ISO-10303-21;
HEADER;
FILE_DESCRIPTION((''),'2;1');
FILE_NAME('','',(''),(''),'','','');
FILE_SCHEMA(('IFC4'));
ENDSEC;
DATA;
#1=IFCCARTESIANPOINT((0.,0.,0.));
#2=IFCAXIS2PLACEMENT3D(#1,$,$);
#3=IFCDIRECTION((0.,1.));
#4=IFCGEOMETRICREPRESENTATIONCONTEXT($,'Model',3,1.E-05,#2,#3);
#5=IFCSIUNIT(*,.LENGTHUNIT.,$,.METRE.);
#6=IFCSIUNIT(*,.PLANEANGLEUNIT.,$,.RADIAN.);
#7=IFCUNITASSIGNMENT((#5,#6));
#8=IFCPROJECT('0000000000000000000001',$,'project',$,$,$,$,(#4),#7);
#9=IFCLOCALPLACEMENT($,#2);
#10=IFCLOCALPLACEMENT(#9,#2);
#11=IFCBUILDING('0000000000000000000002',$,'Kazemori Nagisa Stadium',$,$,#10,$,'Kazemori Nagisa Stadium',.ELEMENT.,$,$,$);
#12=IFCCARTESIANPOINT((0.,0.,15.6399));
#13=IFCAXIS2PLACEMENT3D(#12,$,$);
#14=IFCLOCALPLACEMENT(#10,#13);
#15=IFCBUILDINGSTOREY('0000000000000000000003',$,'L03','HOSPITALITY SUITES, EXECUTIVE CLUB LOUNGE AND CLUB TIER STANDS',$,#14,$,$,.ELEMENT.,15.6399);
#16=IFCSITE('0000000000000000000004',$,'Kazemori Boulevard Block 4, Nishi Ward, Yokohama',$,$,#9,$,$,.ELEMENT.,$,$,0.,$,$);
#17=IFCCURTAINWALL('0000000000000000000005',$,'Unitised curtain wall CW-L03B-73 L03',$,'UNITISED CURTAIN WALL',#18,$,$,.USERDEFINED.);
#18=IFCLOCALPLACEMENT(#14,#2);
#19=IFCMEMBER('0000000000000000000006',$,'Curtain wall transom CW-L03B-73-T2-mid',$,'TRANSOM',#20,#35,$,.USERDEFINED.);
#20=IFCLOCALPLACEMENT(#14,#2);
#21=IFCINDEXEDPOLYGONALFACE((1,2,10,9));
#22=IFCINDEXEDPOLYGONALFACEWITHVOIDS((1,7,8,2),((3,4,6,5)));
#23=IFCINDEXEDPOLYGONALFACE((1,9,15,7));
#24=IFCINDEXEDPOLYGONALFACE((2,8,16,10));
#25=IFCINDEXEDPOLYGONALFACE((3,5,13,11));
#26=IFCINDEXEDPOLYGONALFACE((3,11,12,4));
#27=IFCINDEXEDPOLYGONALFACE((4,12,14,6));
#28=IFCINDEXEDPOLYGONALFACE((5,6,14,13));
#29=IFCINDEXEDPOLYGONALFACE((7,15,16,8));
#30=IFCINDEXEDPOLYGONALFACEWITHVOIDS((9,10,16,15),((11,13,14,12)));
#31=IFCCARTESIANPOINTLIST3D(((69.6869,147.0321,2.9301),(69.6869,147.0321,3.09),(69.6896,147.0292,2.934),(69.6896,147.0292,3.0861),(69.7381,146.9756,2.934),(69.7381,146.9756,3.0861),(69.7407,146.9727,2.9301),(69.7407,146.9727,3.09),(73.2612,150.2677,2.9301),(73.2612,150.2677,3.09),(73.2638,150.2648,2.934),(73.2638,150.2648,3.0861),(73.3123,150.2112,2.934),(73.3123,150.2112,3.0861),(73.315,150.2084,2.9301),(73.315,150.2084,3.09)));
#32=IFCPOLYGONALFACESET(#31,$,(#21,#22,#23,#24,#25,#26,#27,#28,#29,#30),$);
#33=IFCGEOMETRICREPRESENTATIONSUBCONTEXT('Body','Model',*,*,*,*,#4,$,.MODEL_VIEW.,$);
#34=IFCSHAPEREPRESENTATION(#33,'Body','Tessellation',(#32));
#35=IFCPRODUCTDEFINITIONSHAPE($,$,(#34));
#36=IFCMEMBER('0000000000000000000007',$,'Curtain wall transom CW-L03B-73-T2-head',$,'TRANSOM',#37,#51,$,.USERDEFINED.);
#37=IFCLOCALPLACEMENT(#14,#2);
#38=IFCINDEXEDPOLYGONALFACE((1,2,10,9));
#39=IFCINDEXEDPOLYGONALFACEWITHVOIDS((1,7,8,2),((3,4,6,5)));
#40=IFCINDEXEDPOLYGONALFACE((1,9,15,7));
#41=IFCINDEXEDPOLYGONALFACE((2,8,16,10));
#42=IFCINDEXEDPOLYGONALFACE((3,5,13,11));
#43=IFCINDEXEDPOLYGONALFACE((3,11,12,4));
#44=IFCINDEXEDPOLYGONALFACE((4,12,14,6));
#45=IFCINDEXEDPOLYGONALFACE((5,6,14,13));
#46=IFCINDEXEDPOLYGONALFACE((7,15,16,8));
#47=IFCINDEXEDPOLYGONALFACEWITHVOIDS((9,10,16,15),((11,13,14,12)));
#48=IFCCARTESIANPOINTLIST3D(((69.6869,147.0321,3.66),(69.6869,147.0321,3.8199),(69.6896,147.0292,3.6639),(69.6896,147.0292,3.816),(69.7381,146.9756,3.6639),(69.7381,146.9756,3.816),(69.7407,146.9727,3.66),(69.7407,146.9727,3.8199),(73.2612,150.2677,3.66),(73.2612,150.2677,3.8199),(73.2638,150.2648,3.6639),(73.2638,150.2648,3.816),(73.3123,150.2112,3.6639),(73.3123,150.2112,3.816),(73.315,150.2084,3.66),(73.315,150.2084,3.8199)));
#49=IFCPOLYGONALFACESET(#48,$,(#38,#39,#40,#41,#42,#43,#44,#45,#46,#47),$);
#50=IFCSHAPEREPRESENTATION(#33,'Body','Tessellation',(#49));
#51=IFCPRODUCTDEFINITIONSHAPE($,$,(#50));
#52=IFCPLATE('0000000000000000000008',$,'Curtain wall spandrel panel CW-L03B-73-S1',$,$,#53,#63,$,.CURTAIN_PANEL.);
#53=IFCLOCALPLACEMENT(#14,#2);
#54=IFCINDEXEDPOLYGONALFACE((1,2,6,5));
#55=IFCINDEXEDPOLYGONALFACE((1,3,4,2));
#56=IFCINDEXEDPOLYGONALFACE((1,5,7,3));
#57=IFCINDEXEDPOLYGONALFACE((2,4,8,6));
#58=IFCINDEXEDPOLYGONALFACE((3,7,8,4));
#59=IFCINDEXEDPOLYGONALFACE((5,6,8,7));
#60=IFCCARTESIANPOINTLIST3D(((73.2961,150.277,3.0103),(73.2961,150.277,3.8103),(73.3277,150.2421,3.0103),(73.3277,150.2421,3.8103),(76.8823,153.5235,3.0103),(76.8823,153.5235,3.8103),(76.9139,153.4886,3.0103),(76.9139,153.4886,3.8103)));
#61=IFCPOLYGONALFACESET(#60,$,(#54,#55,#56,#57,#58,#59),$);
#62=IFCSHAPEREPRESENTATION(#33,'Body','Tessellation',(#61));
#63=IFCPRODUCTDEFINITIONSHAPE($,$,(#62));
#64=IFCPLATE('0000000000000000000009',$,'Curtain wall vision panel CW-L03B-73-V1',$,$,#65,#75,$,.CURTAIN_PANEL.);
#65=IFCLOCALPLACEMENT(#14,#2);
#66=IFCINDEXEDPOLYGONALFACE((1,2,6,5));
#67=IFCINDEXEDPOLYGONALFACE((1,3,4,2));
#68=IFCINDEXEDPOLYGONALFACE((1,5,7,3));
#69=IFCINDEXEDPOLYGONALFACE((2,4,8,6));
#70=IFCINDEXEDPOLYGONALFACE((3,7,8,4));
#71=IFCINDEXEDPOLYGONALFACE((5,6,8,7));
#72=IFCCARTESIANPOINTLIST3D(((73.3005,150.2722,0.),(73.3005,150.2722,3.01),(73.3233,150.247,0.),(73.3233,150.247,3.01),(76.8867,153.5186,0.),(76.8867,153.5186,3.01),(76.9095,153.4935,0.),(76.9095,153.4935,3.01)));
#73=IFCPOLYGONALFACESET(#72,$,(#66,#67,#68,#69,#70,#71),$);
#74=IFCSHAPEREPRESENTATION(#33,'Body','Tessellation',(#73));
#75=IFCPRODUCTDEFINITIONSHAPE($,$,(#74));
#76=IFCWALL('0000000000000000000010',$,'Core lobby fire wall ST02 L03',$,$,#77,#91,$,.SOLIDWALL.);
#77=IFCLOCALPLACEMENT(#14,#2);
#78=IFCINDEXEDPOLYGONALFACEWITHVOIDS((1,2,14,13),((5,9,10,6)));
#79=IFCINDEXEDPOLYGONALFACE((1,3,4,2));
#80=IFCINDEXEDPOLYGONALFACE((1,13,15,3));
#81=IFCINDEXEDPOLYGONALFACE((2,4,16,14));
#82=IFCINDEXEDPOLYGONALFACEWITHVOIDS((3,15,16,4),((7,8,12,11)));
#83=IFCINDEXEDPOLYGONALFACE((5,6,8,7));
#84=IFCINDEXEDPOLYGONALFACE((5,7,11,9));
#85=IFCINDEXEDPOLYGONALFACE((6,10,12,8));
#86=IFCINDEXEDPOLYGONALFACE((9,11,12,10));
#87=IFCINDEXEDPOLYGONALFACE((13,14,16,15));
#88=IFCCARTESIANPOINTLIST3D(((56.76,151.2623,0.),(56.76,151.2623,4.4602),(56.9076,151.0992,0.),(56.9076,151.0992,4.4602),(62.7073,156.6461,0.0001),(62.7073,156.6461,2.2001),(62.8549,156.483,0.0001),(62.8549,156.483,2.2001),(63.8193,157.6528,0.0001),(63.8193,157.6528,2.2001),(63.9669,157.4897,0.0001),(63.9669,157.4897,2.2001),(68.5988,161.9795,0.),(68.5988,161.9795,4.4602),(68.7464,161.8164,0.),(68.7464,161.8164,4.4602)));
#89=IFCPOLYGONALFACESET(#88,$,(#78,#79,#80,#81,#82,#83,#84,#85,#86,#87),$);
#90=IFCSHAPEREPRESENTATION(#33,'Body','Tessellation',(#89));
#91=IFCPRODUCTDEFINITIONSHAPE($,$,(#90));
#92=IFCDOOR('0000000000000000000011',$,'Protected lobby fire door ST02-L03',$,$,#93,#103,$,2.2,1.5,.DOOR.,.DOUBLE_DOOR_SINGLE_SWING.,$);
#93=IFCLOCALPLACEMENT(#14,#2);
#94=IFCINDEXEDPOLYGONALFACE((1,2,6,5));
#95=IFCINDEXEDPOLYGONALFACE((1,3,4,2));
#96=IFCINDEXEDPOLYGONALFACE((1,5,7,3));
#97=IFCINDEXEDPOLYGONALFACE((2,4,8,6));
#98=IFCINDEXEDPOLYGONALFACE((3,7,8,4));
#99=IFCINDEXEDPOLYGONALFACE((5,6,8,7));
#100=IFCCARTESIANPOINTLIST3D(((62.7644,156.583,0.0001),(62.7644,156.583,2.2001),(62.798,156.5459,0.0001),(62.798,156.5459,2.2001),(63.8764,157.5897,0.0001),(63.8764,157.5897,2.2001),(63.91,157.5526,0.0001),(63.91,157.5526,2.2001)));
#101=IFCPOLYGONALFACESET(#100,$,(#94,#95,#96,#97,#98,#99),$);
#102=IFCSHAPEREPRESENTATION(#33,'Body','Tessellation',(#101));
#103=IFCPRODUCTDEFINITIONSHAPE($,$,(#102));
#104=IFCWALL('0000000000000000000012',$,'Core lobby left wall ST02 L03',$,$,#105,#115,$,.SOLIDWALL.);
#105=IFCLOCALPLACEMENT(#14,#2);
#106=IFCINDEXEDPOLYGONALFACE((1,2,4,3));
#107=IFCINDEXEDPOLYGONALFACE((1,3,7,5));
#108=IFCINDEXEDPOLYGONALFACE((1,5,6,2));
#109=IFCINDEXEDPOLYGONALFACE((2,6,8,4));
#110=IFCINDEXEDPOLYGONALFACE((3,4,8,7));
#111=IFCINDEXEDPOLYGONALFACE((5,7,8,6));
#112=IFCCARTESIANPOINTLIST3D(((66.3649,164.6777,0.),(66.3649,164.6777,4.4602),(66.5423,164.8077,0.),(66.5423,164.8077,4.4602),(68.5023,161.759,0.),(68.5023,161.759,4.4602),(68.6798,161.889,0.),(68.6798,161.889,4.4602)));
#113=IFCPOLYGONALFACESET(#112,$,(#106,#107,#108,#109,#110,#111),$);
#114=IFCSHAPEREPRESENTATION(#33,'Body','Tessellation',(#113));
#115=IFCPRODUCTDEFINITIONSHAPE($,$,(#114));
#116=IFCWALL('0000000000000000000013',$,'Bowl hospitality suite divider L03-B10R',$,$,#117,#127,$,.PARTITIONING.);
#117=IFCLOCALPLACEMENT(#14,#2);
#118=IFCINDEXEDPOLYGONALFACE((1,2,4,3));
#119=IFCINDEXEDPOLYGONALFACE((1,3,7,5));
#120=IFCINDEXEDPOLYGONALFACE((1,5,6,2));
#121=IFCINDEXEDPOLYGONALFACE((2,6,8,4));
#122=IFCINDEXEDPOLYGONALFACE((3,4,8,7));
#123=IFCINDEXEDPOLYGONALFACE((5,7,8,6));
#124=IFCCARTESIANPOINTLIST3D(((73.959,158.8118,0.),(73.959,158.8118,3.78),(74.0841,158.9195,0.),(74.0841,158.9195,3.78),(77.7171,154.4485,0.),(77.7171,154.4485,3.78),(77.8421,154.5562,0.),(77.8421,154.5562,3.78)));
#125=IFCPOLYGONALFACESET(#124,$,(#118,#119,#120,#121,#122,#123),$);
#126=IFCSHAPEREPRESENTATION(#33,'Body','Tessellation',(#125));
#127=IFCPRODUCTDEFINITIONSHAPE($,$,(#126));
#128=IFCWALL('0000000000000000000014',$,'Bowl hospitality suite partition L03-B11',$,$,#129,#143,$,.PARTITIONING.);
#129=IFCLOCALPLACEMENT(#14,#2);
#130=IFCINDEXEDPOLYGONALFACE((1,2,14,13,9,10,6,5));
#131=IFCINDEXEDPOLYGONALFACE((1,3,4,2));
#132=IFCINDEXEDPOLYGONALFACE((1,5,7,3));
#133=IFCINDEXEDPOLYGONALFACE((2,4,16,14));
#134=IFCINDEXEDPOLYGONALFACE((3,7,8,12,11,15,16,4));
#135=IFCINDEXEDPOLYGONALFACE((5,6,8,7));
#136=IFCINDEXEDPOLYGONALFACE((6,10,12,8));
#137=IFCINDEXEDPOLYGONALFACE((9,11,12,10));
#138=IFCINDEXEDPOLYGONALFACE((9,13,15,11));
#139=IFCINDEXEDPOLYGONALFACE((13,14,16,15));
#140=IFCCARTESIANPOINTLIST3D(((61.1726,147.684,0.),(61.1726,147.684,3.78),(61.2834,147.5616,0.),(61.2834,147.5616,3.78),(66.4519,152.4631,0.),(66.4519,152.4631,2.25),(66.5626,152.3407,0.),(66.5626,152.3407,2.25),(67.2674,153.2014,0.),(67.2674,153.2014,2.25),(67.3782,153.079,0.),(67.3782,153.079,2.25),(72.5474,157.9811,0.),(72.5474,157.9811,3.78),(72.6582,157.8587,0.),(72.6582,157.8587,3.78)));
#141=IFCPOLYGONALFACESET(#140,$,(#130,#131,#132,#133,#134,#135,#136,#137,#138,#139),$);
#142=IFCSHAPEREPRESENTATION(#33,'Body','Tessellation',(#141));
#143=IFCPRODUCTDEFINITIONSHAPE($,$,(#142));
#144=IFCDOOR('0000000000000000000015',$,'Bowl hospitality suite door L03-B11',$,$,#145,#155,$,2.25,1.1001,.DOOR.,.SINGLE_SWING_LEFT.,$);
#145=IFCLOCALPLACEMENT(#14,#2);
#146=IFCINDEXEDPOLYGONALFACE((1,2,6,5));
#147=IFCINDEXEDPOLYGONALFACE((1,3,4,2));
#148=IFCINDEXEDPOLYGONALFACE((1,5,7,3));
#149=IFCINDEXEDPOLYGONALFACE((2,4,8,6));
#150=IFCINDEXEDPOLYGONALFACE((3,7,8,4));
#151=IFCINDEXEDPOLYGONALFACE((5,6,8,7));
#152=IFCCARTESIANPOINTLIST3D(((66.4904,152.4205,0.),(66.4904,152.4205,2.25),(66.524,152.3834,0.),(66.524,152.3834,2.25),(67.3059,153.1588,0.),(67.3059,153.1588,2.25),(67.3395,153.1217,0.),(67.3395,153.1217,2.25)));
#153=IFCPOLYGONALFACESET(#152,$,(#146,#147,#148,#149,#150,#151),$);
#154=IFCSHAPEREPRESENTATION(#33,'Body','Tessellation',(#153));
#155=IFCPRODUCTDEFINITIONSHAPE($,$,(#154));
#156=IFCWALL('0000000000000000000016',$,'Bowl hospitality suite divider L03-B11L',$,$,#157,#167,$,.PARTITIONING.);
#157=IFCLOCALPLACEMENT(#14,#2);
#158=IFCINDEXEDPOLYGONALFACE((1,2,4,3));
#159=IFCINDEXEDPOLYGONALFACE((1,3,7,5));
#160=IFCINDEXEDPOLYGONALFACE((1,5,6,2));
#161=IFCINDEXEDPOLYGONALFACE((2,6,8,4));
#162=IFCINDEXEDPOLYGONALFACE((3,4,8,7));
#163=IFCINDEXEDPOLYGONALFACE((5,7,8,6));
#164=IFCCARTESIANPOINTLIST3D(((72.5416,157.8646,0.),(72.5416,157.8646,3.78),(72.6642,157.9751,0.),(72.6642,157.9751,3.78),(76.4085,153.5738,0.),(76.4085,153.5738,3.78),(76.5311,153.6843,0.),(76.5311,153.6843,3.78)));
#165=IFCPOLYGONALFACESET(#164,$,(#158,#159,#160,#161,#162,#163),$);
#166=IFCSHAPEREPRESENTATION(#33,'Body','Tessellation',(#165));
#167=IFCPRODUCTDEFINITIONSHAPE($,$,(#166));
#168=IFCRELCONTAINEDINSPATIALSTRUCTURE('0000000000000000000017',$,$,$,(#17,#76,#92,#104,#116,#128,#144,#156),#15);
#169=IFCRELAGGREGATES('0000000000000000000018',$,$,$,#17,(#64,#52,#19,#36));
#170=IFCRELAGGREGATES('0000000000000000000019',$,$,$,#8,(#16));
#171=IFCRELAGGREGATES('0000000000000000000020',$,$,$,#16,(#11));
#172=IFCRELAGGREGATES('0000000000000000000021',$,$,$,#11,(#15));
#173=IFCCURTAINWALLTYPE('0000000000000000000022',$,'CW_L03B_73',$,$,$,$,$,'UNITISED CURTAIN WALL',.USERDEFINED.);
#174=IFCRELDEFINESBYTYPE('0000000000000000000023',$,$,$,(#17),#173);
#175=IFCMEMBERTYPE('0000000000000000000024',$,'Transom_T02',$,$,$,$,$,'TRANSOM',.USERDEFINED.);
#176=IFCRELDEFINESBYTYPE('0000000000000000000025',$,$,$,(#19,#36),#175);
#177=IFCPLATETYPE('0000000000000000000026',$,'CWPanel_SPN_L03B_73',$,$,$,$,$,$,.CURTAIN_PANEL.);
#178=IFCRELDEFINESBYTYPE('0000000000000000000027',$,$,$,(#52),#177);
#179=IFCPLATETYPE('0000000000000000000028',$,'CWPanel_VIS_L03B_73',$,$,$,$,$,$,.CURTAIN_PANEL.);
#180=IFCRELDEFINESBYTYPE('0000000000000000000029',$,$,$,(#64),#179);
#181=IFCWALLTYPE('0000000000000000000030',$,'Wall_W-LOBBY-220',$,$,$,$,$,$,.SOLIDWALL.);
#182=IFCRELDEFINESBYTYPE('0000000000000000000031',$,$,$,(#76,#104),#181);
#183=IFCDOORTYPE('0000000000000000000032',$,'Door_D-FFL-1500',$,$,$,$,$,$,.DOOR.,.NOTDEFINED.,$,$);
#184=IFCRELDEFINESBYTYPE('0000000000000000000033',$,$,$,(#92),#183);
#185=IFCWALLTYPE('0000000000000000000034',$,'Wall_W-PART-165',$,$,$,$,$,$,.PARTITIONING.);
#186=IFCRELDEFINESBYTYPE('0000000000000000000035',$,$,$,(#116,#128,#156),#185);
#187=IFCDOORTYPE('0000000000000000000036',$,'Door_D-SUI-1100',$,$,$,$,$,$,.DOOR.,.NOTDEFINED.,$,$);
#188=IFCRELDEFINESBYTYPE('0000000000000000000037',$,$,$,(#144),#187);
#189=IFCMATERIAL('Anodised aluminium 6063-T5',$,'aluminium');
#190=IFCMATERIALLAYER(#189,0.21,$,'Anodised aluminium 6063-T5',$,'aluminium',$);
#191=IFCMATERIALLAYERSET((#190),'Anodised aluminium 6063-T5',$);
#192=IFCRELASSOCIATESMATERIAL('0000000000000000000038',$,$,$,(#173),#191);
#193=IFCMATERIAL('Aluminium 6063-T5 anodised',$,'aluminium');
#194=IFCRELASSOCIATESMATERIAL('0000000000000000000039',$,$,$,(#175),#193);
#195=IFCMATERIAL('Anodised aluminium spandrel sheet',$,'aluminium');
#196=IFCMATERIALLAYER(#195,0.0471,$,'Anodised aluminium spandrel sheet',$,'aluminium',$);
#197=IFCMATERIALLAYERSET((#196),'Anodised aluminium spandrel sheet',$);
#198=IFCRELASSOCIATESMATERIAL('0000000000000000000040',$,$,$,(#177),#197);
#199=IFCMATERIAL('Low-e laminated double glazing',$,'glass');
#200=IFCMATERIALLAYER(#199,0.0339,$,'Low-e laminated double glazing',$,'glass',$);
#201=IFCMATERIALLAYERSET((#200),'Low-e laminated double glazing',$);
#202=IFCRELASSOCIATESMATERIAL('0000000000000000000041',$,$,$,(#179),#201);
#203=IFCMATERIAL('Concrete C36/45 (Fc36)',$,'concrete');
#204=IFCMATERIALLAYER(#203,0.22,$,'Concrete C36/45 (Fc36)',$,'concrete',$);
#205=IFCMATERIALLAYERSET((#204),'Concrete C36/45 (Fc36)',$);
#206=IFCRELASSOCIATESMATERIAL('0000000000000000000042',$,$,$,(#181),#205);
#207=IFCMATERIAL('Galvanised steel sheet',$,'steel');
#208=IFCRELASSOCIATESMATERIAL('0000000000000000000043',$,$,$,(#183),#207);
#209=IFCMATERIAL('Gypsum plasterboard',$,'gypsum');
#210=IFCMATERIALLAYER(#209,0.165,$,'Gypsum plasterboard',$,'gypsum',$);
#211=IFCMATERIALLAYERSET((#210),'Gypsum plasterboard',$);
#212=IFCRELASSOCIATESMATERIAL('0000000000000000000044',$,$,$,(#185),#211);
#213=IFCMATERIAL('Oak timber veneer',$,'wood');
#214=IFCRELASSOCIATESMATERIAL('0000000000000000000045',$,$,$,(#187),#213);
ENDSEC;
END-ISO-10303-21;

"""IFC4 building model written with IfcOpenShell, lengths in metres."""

from ifc_helpers import new_model, si_unit, direction, frame, frame_2d, origin, origin_2d, place, context, subcontext, project, spatial, rectangle, hollow_rectangle, extrude, material, layer, layer_set, material_profile, profile_set, type_object, element, fill, aggregate, save


model = new_model("IFC4")

# Units and contexts
model_context = context("Model", 3, precision=1e-05, world=origin(), true_north=direction((0.0, 1.0)))
body_context = subcontext(model_context, "Body", "Model", "MODEL_VIEW")
ifc_project = project(units=[si_unit("LENGTHUNIT", "METRE"), si_unit("PLANEANGLEUNIT", "RADIAN")], contexts=[model_context])

# Site, building, storey
site_placement = place(None, origin())
site = spatial("IfcSite", under=ifc_project, at=site_placement, Name="Kazemori Boulevard Block 4, Nishi Ward, Yokohama", CompositionType="ELEMENT", RefElevation=0.0)
building_placement = place(site_placement, origin())
building = spatial("IfcBuilding", under=site, at=building_placement, Name="Kazemori Nagisa Stadium", LongName="Kazemori Nagisa Stadium", CompositionType="ELEMENT")
storey_placement = place(building_placement, frame((0.0, 0.0, 15.6399)))
storey = spatial("IfcBuildingStorey", under=building, at=storey_placement, Name="L03", Description="HOSPITALITY SUITES, EXECUTIVE CLUB LOUNGE AND CLUB TIER STANDS", CompositionType="ELEMENT", Elevation=15.6399)

# Shared definitions
ifc_material_1 = material(Name="Anodised aluminium 6063-T5", Category="aluminium")
ifc_material_2 = material(Name="Aluminium 6063-T5 anodised", Category="aluminium")

# Curtain wall, members, plates
ifc_layer_1 = layer(ifc_material_1, 0.21, Name="Anodised aluminium 6063-T5", Category="aluminium")
ifc_layer_set_1 = layer_set([ifc_layer_1], Name="Anodised aluminium 6063-T5")
curtain_wall_type_1 = type_object("IfcCurtainWallType", Name="CW_L03B_73", ElementType="UNITISED CURTAIN WALL", PredefinedType="USERDEFINED", material=ifc_layer_set_1)
curtain_wall_1_placement = place(storey_placement, origin())
curtain_wall_1 = element("IfcCurtainWall", 1, at=curtain_wall_1_placement, inside=storey, type_object=curtain_wall_type_1, Name="Unitised curtain wall CW-L03B-73 L03", ObjectType="UNITISED CURTAIN WALL", PredefinedType="USERDEFINED")
ifc_material_profile_1 = material_profile(ifc_material_2, hollow_rectangle(XDim=0.0801, YDim=0.1599, WallThickness=0.0039, at=origin_2d()), Name="ALU-TRAN-80x160x4")
ifc_profile_set_1 = profile_set([ifc_material_profile_1], Name="Aluminium 6063-T5 anodised")
member_type_1 = type_object("IfcMemberType", Name="Transom_T02", ElementType="TRANSOM", PredefinedType="USERDEFINED", material=ifc_profile_set_1)
member_1_placement = place(storey_placement, frame((73.2881, 150.238, 3.01), z_axis=(-0.741352, -0.671116, 0.0), x_axis=(0.671116, -0.741352, 0.0)))
member_1 = element("IfcMember", 2, at=member_1_placement, type_object=member_type_1, Name="Curtain wall transom CW-L03B-73-T2-mid", ObjectType="TRANSOM", PredefinedType="USERDEFINED", context=body_context, shape_type="SweptSolid", body=[
    extrude(hollow_rectangle(XDim=0.0801, YDim=0.1599, WallThickness=0.0039, at=origin_2d()), origin(), (0.0, 0.0, 1.0), 4.8213),
])
member_2_placement = place(storey_placement, frame((73.2881, 150.238, 3.74), z_axis=(-0.741352, -0.671116, 0.0), x_axis=(0.671116, -0.741352, 0.0)))
member_2 = element("IfcMember", 3, at=member_2_placement, type_object=member_type_1, Name="Curtain wall transom CW-L03B-73-T2-head", ObjectType="TRANSOM", PredefinedType="USERDEFINED", context=body_context, shape_type="SweptSolid", body=[
    extrude(hollow_rectangle(XDim=0.0801, YDim=0.1599, WallThickness=0.0039, at=origin_2d()), origin(), (0.0, 0.0, 1.0), 4.8213),
])
ifc_material_3 = material(Name="Anodised aluminium spandrel sheet", Category="aluminium")
ifc_layer_2 = layer(ifc_material_3, 0.0471, Name="Anodised aluminium spandrel sheet", Category="aluminium")
ifc_layer_set_2 = layer_set([ifc_layer_2], Name="Anodised aluminium spandrel sheet")
plate_type_1 = type_object("IfcPlateType", Name="CWPanel_SPN_L03B_73", PredefinedType="CURTAIN_PANEL", material=ifc_layer_set_2)
plate_1_placement = place(storey_placement, frame((75.105, 151.8828, 3.0103), z_axis=(0.0, 0.0, 1.0), x_axis=(-0.741351, -0.671118, 0.0)))
plate_1 = element("IfcPlate", 4, at=plate_1_placement, type_object=plate_type_1, Name="Curtain wall spandrel panel CW-L03B-73-S1", PredefinedType="CURTAIN_PANEL", context=body_context, shape_type="SweptSolid", body=[
    extrude(rectangle(XDim=4.8374, YDim=0.0471, at=origin_2d()), origin(), (0.0, 0.0, 1.0), 0.8),
])
ifc_material_4 = material(Name="Low-e laminated double glazing", Category="glass")
ifc_layer_3 = layer(ifc_material_4, 0.0339, Name="Low-e laminated double glazing", Category="glass")
ifc_layer_set_3 = layer_set([ifc_layer_3], Name="Low-e laminated double glazing")
plate_type_2 = type_object("IfcPlateType", Name="CWPanel_VIS_L03B_73", PredefinedType="CURTAIN_PANEL", material=ifc_layer_set_3)
plate_2_placement = place(storey_placement, frame((75.105, 151.8828, 0.0), z_axis=(0.0, 0.0, 1.0), x_axis=(-0.741351, -0.671118, 0.0)))
plate_2 = element("IfcPlate", 5, at=plate_2_placement, type_object=plate_type_2, Name="Curtain wall vision panel CW-L03B-73-V1", PredefinedType="CURTAIN_PANEL", context=body_context, shape_type="SweptSolid", body=[
    extrude(rectangle(XDim=4.8374, YDim=0.0339, at=origin_2d()), origin(), (0.0, 0.0, 1.0), 3.01),
])
aggregate(curtain_wall_1, [plate_2, plate_1, member_1, member_2])

# Wall, opening, door
ifc_material_5 = material(Name="Concrete C36/45 (Fc36)", Category="concrete")
ifc_layer_4 = layer(ifc_material_5, 0.22, Name="Concrete C36/45 (Fc36)", Category="concrete")
ifc_layer_set_4 = layer_set([ifc_layer_4], Name="Concrete C36/45 (Fc36)")
wall_type_1 = type_object("IfcWallType", Name="Wall_W-LOBBY-220", PredefinedType="SOLIDWALL", material=ifc_layer_set_4)
wall_1_placement = place(storey_placement, frame((68.6726, 161.8979, 0.0), z_axis=(0.0, 0.0, 1.0), x_axis=(-0.741351, -0.671117, 0.0)))
wall_1 = element("IfcWall", 6, at=wall_1_placement, inside=storey, type_object=wall_type_1, Name="Core lobby fire wall ST02 L03", PredefinedType="SOLIDWALL", context=body_context, shape_type="SweptSolid", body=[
    extrude(rectangle(XDim=15.9692, YDim=0.22, at=frame_2d((7.9846, 0.0))), origin(), (0.0, 0.0, 1.0), 4.4602),
])
opening_1_placement = place(wall_1_placement, frame((6.447, 0.0, 0.0)))
opening_1 = element("IfcOpeningElement", 7, at=opening_1_placement, cuts=wall_1, PredefinedType="OPENING", context=body_context, shape_type="SweptSolid", body=[
    extrude(rectangle(XDim=1.5, YDim=2.2, at=frame_2d((0.75, 1.1001))), frame((0.0, 0.1199, 0.0), z_axis=(0.0, -1.0, 0.0), x_axis=(1.0, 0.0, 0.0)), (0.0, 0.0, 1.0), 0.24),
])
ifc_material_6 = material(Name="Galvanised steel sheet", Category="steel")
door_type_1 = type_object("IfcDoorType", Name="Door_D-FFL-1500", OperationType="NOTDEFINED", PredefinedType="DOOR", material=ifc_material_6)
door_1_placement = place(opening_1_placement, frame((1.5, 0.0, 0.0), z_axis=(0.0, 0.0, 1.0), x_axis=(-1.0, 0.0, 0.0)))
door_1 = element("IfcDoor", 8, at=door_1_placement, inside=storey, type_object=door_type_1, Name="Protected lobby fire door ST02-L03", OperationType="DOUBLE_DOOR_SINGLE_SWING", OverallHeight=2.2, OverallWidth=1.5, PredefinedType="DOOR", context=body_context, shape_type="SweptSolid", body=[
    extrude(rectangle(XDim=1.5, YDim=2.2, at=frame_2d((0.75, 1.1001))), frame((0.0, 0.0249, 0.0), z_axis=(0.0, -1.0, 0.0), x_axis=(1.0, 0.0, 0.0)), (0.0, 0.0, 1.0), 0.05),
])
fill(opening_1, door_1)

# Walls
wall_2_placement = place(storey_placement, frame((68.5911, 161.824, 0.0), z_axis=(0.0, 0.0, 1.0), x_axis=(-0.590837, 0.806791, 0.0)))
element("IfcWall", 9, at=wall_2_placement, inside=storey, type_object=wall_type_1, Name="Core lobby left wall ST02 L03", PredefinedType="SOLIDWALL", context=body_context, shape_type="SweptSolid", body=[
    extrude(rectangle(XDim=3.6177, YDim=0.22, at=frame_2d((1.8088, 0.0))), origin(), (0.0, 0.0, 1.0), 4.4602),
])
ifc_material_7 = material(Name="Gypsum plasterboard", Category="gypsum")
ifc_layer_5 = layer(ifc_material_7, 0.165, Name="Gypsum plasterboard", Category="gypsum")
ifc_layer_set_5 = layer_set([ifc_layer_5], Name="Gypsum plasterboard")
wall_type_2 = type_object("IfcWallType", Name="Wall_W-PART-165", PredefinedType="PARTITIONING", material=ifc_layer_set_5)
wall_3_placement = place(storey_placement, frame((74.0215, 158.8657, 0.0), z_axis=(0.0, 0.0, 1.0), x_axis=(0.652602, -0.757701, 0.0)))
element("IfcWall", 10, at=wall_3_placement, inside=storey, type_object=wall_type_2, Name="Bowl hospitality suite divider L03-B10R", PredefinedType="PARTITIONING", context=body_context, shape_type="SweptSolid", body=[
    extrude(rectangle(XDim=5.7585, YDim=0.165, at=frame_2d((2.8794, 0.0))), origin(), (0.0, 0.0, 1.0), 3.78),
])

# Wall, opening, door
wall_4_placement = place(storey_placement, frame((72.6028, 157.9199, 0.0), z_axis=(0.0, 0.0, 1.0), x_axis=(-0.741352, -0.671117, 0.0)))
wall_4 = element("IfcWall", 11, at=wall_4_placement, inside=storey, type_object=wall_type_2, Name="Bowl hospitality suite partition L03-B11", PredefinedType="PARTITIONING", context=body_context, shape_type="SweptSolid", body=[
    extrude(rectangle(XDim=15.3433, YDim=0.165, at=frame_2d((7.6716, 0.0))), origin(), (0.0, 0.0, 1.0), 3.78),
])
opening_2_placement = place(wall_4_placement, frame((7.1221, 0.0, 0.0)))
opening_2 = element("IfcOpeningElement", 12, at=opening_2_placement, cuts=wall_4, PredefinedType="OPENING", context=body_context, shape_type="SweptSolid", body=[
    extrude(rectangle(XDim=1.1001, YDim=2.25, at=frame_2d((0.55, 1.125))), frame((0.0, 0.0925, 0.0), z_axis=(0.0, -1.0, 0.0), x_axis=(1.0, 0.0, 0.0)), (0.0, 0.0, 1.0), 0.1851),
])
ifc_material_8 = material(Name="Oak timber veneer", Category="wood")
door_type_2 = type_object("IfcDoorType", Name="Door_D-SUI-1100", OperationType="NOTDEFINED", PredefinedType="DOOR", material=ifc_material_8)
door_2_placement = place(opening_2_placement, origin())
door_2 = element("IfcDoor", 13, at=door_2_placement, inside=storey, type_object=door_type_2, Name="Bowl hospitality suite door L03-B11", OperationType="SINGLE_SWING_LEFT", OverallHeight=2.25, OverallWidth=1.1001, PredefinedType="DOOR", context=body_context, shape_type="SweptSolid", body=[
    extrude(rectangle(XDim=1.1001, YDim=2.25, at=frame_2d((0.55, 1.125))), frame((0.0, 0.0249, 0.0), z_axis=(0.0, -1.0, 0.0), x_axis=(1.0, 0.0, 0.0)), (0.0, 0.0, 1.0), 0.05),
])
fill(opening_2, door_2)

# Wall
wall_5_placement = place(storey_placement, frame((72.6028, 157.9199, 0.0), z_axis=(0.0, 0.0, 1.0), x_axis=(0.669467, -0.742842, 0.0)))
element("IfcWall", 14, at=wall_5_placement, inside=storey, type_object=wall_type_2, Name="Bowl hospitality suite divider L03-B11L", PredefinedType="PARTITIONING", context=body_context, shape_type="SweptSolid", body=[
    extrude(rectangle(XDim=5.7761, YDim=0.165, at=frame_2d((2.8882, 0.0))), origin(), (0.0, 0.0, 1.0), 3.78),
])

save(model, "model.ifc")
